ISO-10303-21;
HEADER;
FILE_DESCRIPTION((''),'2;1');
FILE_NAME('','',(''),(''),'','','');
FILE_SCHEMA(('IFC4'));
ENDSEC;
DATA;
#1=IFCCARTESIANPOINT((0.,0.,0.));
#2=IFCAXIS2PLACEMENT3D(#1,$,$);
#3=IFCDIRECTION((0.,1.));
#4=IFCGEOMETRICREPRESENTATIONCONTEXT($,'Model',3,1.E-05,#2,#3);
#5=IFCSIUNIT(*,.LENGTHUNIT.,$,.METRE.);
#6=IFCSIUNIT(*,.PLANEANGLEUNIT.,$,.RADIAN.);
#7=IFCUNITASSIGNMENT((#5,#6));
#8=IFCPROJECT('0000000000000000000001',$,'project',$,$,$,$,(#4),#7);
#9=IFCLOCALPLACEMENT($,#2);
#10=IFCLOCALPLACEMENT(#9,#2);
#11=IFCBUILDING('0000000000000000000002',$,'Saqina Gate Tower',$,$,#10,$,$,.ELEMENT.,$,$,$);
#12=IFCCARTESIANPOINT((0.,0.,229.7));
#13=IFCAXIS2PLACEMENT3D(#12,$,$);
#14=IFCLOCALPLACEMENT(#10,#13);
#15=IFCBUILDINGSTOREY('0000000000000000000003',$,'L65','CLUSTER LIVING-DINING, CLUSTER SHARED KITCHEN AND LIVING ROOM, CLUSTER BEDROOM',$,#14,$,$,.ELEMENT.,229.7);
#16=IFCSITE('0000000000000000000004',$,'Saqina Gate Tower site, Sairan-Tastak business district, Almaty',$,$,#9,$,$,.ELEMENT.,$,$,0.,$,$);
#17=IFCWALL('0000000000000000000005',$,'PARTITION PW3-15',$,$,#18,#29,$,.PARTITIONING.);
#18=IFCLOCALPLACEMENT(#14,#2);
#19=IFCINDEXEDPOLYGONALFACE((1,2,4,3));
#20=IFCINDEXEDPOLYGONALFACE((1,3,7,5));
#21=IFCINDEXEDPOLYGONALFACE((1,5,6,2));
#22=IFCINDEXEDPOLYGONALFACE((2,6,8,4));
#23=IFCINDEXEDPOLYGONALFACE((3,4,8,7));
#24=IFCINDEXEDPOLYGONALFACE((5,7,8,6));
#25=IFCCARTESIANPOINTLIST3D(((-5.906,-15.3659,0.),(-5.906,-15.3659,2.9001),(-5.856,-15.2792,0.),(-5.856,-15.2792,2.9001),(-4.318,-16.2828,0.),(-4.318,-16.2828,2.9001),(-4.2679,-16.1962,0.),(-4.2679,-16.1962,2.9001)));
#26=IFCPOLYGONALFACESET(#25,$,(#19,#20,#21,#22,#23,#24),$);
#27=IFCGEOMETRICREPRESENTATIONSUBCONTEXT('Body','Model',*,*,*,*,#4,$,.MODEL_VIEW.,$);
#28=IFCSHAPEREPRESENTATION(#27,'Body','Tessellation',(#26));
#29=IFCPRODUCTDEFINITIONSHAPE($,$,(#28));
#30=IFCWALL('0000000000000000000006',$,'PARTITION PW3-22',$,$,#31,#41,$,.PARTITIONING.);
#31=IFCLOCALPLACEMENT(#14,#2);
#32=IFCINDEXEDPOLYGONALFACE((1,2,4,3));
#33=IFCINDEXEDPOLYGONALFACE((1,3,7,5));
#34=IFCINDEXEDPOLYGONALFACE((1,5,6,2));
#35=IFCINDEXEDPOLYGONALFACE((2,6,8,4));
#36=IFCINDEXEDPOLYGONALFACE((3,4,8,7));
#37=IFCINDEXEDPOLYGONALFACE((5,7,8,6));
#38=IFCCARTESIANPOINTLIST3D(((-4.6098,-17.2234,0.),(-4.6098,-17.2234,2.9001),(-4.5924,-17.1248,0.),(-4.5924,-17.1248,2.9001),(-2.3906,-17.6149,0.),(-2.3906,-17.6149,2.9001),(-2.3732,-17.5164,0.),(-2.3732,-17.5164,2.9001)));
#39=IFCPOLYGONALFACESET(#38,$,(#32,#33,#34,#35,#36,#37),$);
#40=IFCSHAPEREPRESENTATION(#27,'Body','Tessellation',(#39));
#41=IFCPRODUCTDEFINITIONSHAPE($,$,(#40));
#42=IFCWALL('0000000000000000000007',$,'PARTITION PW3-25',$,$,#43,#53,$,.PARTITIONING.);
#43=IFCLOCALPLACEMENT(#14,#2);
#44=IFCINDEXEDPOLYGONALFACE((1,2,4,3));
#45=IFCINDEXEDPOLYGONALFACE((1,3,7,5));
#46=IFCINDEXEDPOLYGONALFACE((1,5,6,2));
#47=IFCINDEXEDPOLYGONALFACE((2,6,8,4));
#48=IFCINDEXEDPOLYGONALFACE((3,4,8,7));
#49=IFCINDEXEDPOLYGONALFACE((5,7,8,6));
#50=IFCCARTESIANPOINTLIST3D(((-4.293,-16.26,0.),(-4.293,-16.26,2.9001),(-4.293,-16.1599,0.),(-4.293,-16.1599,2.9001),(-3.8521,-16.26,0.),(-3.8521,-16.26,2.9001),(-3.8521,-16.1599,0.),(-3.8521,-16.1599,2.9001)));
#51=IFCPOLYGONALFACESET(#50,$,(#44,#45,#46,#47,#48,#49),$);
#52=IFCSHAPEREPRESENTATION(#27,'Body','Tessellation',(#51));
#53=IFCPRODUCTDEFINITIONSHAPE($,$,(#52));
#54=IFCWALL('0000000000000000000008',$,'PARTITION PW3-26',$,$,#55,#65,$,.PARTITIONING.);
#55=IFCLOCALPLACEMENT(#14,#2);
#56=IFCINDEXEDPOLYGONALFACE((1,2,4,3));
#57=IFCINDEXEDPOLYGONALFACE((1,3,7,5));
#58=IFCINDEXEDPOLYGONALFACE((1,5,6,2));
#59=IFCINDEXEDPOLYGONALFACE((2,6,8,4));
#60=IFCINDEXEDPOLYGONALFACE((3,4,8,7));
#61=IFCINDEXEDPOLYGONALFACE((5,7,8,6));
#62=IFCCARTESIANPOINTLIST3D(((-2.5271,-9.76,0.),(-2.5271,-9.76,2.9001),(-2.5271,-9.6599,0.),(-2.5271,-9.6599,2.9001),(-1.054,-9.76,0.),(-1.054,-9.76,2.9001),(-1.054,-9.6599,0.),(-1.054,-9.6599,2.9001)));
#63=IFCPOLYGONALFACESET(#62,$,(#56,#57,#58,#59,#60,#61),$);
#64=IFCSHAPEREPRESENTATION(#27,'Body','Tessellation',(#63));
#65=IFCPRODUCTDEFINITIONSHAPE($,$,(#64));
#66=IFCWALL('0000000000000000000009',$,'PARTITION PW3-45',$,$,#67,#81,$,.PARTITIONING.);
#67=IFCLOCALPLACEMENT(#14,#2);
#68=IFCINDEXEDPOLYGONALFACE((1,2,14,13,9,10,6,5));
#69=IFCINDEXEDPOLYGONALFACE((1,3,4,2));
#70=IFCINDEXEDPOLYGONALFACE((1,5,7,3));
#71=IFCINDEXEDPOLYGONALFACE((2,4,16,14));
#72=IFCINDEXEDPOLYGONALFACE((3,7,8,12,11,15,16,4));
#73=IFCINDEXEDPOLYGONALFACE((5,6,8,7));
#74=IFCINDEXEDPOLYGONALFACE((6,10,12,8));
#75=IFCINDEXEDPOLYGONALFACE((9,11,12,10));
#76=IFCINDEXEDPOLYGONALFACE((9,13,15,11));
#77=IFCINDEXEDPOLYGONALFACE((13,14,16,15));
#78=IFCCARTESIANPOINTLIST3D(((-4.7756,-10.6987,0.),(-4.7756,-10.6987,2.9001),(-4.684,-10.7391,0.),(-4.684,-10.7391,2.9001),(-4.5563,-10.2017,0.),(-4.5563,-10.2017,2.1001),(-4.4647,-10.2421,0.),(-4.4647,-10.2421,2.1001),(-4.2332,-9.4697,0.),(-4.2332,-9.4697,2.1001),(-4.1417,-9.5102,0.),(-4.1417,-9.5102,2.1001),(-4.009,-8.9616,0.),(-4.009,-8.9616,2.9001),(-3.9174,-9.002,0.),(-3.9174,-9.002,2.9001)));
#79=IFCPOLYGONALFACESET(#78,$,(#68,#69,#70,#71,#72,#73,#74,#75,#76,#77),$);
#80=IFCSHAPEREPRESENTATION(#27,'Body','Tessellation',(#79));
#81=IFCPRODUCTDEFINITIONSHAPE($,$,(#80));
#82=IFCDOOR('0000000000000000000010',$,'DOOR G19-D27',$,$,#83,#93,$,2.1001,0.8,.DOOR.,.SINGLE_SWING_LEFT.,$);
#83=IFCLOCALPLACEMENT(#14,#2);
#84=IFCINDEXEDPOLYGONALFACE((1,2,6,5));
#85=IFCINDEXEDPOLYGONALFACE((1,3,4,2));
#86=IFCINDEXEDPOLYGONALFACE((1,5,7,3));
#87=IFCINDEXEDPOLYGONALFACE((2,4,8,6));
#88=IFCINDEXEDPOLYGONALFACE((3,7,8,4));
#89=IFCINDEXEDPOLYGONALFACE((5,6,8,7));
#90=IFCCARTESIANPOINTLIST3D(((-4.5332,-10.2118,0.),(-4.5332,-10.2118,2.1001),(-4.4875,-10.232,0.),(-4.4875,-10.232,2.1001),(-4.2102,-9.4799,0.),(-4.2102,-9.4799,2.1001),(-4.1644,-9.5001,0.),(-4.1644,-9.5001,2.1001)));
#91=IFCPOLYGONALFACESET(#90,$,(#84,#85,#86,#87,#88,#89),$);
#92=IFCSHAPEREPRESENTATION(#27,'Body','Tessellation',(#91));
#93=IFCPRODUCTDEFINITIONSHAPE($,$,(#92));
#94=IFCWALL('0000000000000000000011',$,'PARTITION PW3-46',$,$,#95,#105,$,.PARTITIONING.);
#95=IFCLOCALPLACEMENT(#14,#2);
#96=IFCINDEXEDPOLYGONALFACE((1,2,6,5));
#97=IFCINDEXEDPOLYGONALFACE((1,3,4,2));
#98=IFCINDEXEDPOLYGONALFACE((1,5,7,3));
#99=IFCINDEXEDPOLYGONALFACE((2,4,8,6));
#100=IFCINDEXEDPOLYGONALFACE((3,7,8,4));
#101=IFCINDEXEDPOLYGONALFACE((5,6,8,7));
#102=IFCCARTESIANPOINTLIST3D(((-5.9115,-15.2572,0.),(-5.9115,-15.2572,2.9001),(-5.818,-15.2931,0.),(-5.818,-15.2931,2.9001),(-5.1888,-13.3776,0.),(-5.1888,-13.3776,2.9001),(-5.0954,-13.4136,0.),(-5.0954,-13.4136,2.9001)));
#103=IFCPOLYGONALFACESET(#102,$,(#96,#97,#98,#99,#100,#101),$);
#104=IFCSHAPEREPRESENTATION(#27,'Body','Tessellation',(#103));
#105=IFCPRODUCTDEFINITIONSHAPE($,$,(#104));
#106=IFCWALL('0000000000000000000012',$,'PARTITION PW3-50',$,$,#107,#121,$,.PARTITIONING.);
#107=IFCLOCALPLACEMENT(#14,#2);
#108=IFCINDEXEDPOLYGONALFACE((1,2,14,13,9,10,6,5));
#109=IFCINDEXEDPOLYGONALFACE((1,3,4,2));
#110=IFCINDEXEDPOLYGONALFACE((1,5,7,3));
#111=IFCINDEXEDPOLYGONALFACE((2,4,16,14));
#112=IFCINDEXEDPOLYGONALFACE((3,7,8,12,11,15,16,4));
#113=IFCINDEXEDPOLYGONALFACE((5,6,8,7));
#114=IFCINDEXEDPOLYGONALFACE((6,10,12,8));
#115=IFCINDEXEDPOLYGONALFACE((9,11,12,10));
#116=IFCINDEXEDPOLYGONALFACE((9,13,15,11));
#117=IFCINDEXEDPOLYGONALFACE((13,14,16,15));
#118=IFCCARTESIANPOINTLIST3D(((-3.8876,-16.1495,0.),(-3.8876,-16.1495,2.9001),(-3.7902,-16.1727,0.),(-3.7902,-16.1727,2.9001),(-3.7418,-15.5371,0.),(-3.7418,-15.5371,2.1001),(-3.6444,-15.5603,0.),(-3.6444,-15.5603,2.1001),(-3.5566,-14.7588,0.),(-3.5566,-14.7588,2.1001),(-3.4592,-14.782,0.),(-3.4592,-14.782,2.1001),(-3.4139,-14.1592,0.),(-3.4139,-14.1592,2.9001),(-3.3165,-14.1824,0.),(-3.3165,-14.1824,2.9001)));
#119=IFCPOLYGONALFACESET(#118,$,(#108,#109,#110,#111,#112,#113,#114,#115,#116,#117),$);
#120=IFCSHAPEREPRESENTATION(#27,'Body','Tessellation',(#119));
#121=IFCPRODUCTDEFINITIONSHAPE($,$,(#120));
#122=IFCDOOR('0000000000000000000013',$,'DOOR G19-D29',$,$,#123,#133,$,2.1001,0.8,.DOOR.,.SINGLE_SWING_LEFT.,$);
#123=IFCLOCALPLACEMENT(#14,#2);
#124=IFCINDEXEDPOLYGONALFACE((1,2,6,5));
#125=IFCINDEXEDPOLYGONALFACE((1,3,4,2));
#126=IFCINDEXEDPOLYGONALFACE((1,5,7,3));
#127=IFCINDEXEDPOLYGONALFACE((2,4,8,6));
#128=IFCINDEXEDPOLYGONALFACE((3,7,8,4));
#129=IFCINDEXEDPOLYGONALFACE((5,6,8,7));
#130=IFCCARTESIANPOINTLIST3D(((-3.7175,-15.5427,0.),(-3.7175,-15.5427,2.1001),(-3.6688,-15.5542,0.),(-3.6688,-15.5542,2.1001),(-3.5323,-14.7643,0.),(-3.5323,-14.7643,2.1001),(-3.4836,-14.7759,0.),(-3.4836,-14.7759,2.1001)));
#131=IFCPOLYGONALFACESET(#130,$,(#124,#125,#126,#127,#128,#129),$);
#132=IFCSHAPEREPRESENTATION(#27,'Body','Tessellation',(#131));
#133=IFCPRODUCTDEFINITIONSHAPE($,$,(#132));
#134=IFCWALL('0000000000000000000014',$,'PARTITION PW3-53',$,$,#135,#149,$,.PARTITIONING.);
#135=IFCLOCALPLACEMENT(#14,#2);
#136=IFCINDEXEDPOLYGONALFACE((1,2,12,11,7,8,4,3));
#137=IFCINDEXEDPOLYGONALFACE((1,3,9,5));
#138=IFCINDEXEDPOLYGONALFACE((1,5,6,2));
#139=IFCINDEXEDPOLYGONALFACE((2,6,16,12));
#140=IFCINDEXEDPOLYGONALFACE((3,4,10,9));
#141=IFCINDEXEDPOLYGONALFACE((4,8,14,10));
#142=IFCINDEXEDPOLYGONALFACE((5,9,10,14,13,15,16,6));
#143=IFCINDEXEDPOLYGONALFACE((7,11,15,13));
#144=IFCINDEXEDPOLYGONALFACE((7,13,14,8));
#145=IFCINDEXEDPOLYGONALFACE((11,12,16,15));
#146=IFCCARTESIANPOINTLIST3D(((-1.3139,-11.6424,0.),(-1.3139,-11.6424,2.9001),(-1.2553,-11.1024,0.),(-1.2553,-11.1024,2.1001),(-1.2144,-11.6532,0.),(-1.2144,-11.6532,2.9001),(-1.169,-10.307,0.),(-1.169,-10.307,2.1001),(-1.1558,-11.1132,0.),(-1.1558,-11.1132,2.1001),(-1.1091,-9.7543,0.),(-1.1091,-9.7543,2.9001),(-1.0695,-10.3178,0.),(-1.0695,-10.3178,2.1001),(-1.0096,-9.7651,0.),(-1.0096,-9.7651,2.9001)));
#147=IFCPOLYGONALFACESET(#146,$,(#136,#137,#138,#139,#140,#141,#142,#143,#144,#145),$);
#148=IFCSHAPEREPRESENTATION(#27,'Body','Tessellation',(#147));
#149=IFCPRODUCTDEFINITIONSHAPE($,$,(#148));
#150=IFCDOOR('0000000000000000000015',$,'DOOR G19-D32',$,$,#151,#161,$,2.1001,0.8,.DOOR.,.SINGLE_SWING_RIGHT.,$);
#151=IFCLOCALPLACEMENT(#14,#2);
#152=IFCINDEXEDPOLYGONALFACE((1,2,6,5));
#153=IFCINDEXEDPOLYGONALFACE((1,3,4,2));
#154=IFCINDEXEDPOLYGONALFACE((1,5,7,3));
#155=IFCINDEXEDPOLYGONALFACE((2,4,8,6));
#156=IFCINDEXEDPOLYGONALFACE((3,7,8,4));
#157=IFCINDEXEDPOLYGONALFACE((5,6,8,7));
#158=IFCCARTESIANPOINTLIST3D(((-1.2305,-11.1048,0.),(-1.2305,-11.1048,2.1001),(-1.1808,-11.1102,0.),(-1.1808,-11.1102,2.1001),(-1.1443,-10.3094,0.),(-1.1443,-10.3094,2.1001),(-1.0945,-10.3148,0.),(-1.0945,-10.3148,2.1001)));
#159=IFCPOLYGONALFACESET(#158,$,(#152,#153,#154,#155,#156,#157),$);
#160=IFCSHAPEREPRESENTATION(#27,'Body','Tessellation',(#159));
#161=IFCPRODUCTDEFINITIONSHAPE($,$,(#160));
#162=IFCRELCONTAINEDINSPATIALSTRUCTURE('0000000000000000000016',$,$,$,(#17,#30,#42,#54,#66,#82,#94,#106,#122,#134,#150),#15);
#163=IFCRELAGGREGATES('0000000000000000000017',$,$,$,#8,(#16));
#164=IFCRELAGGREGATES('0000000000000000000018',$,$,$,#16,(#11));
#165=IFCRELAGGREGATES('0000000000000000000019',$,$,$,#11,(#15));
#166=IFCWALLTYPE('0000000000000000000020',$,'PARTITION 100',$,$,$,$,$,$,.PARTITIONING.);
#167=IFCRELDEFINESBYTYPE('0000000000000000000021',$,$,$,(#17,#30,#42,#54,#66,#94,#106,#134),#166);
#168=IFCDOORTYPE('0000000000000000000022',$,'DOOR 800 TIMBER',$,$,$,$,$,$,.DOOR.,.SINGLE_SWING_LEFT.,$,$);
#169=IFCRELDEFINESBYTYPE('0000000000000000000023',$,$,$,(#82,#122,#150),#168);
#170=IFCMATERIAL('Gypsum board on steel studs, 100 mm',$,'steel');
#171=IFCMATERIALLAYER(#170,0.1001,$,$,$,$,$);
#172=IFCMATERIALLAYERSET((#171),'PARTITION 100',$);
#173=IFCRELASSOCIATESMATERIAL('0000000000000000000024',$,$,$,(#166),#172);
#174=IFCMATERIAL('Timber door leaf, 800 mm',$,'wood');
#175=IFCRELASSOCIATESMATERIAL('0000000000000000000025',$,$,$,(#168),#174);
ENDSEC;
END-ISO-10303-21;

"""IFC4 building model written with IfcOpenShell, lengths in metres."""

from ifc_helpers import new_model, si_unit, direction, frame, frame_2d, origin, place, context, subcontext, project, spatial, rectangle, extrude, material, layer, layer_set, type_object, element, fill, save


model = new_model("IFC4")

# Units and contexts
model_context = context("Model", 3, precision=1e-05, world=origin(), true_north=direction((0.0, 1.0)))
body_context = subcontext(model_context, "Body", "Model", "MODEL_VIEW")
ifc_project = project(units=[si_unit("LENGTHUNIT", "METRE"), si_unit("PLANEANGLEUNIT", "RADIAN")], contexts=[model_context])

# Site, building, storey
site_placement = place(None, origin())
site = spatial("IfcSite", under=ifc_project, at=site_placement, Name="Saqina Gate Tower site, Sairan-Tastak business district, Almaty", CompositionType="ELEMENT", RefElevation=0.0)
building_placement = place(site_placement, origin())
building = spatial("IfcBuilding", under=site, at=building_placement, Name="Saqina Gate Tower", CompositionType="ELEMENT")
storey_placement = place(building_placement, frame((0.0, 0.0, 229.7)))
storey = spatial("IfcBuildingStorey", under=building, at=storey_placement, Name="L65", Description="CLUSTER LIVING-DINING, CLUSTER SHARED KITCHEN AND LIVING ROOM, CLUSTER BEDROOM", CompositionType="ELEMENT", Elevation=229.7)

# Walls
ifc_material_1 = material(Name="Gypsum board on steel studs, 100 mm", Category="steel")
ifc_layer_1 = layer(ifc_material_1, 0.1001)
ifc_layer_set_1 = layer_set([ifc_layer_1], Name="PARTITION 100")
wall_type_1 = type_object("IfcWallType", Name="PARTITION 100", PredefinedType="PARTITIONING", material=ifc_layer_set_1)
wall_1_placement = place(storey_placement, frame((-5.8811, -15.3225, 0.0), z_axis=(0.0, 0.0, 1.0), x_axis=(0.866006, -0.500034, 0.0)))
element("IfcWall", 1, at=wall_1_placement, inside=storey, type_object=wall_type_1, Name="PARTITION PW3-15", PredefinedType="PARTITIONING", context=body_context, shape_type="SweptSolid", body=[
    extrude(rectangle(XDim=1.8337, YDim=0.1001, at=frame_2d((0.917, 0.0))), origin(), (0.0, 0.0, 1.0), 2.9001),
])
wall_2_placement = place(storey_placement, frame((-4.6011, -17.1741, 0.0), z_axis=(0.0, 0.0, 1.0), x_axis=(0.984786, -0.173773, 0.0)))
element("IfcWall", 2, at=wall_2_placement, inside=storey, type_object=wall_type_1, Name="PARTITION PW3-22", PredefinedType="PARTITIONING", context=body_context, shape_type="SweptSolid", body=[
    extrude(rectangle(XDim=2.2534, YDim=0.1001, at=frame_2d((1.1267, 0.0))), origin(), (0.0, 0.0, 1.0), 2.9001),
])
wall_3_placement = place(storey_placement, frame((-4.293, -16.21, 0.0), z_axis=(0.0, 0.0, 1.0), x_axis=(1.0, 0.0, 0.0)))
element("IfcWall", 3, at=wall_3_placement, inside=storey, type_object=wall_type_1, Name="PARTITION PW3-25", PredefinedType="PARTITIONING", context=body_context, shape_type="SweptSolid", body=[
    extrude(rectangle(XDim=0.4409, YDim=0.1001, at=frame_2d((0.2205, 0.0))), origin(), (0.0, 0.0, 1.0), 2.9001),
])
wall_4_placement = place(storey_placement, frame((-2.5271, -9.71, 0.0), z_axis=(0.0, 0.0, 1.0), x_axis=(1.0, 0.0, 0.0)))
element("IfcWall", 4, at=wall_4_placement, inside=storey, type_object=wall_type_1, Name="PARTITION PW3-26", PredefinedType="PARTITIONING", context=body_context, shape_type="SweptSolid", body=[
    extrude(rectangle(XDim=1.4731, YDim=0.1001, at=frame_2d((0.7366, 0.0))), origin(), (0.0, 0.0, 1.0), 2.9001),
])

# Wall, opening, door
wall_5_placement = place(storey_placement, frame((-4.7297, -10.7188, 0.0), z_axis=(0.0, 0.0, 1.0), x_axis=(0.403751, 0.914869, 0.0)))
wall_5 = element("IfcWall", 5, at=wall_5_placement, inside=storey, type_object=wall_type_1, Name="PARTITION PW3-45", PredefinedType="PARTITIONING", context=body_context, shape_type="SweptSolid", body=[
    extrude(rectangle(XDim=1.8987, YDim=0.1001, at=frame_2d((0.9492, 0.0))), origin(), (0.0, 0.0, 1.0), 2.9001),
])
opening_1_placement = place(wall_5_placement, frame((0.5432, 0.0, 0.0)))
opening_1 = element("IfcOpeningElement", 6, at=opening_1_placement, cuts=wall_5, PredefinedType="OPENING", context=body_context, shape_type="SweptSolid", body=[
    extrude(rectangle(XDim=0.8, YDim=2.1001, at=frame_2d((0.3999, 1.05))), frame((0.0, 0.062, 0.0), z_axis=(0.0, -1.0, 0.0), x_axis=(1.0, 0.0, 0.0)), (0.0, 0.0, 1.0), 0.124),
])
ifc_material_2 = material(Name="Timber door leaf, 800 mm", Category="wood")
door_type_1 = type_object("IfcDoorType", Name="DOOR 800 TIMBER", OperationType="SINGLE_SWING_LEFT", PredefinedType="DOOR", material=ifc_material_2)
door_1_placement = place(opening_1_placement, origin())
door_1 = element("IfcDoor", 7, at=door_1_placement, inside=storey, type_object=door_type_1, Name="DOOR G19-D27", OperationType="SINGLE_SWING_LEFT", OverallHeight=2.1001, OverallWidth=0.8, PredefinedType="DOOR", context=body_context, shape_type="SweptSolid", body=[
    extrude(rectangle(XDim=0.8, YDim=2.1001, at=frame_2d((0.3999, 1.05))), frame((0.0, 0.0249, 0.0), z_axis=(0.0, -1.0, 0.0), x_axis=(1.0, 0.0, 0.0)), (0.0, 0.0, 1.0), 0.05),
])
fill(opening_1, door_1)

# Wall
wall_6_placement = place(storey_placement, frame((-5.8647, -15.2751, 0.0), z_axis=(0.0, 0.0, 1.0), x_axis=(0.358857, 0.933392, 0.0)))
element("IfcWall", 8, at=wall_6_placement, inside=storey, type_object=wall_type_1, Name="PARTITION PW3-46", PredefinedType="PARTITIONING", context=body_context, shape_type="SweptSolid", body=[
    extrude(rectangle(XDim=2.0137, YDim=0.1001, at=frame_2d((1.0068, 0.0))), origin(), (0.0, 0.0, 1.0), 2.9001),
])

# Walls, openings, doors
wall_7_placement = place(storey_placement, frame((-3.8389, -16.1611, 0.0), z_axis=(0.0, 0.0, 1.0), x_axis=(0.231513, 0.972832, 0.0)))
wall_7 = element("IfcWall", 9, at=wall_7_placement, inside=storey, type_object=wall_type_1, Name="PARTITION PW3-50", PredefinedType="PARTITIONING", context=body_context, shape_type="SweptSolid", body=[
    extrude(rectangle(XDim=2.0459, YDim=0.1001, at=frame_2d((1.0229, 0.0))), origin(), (0.0, 0.0, 1.0), 2.9001),
])
opening_2_placement = place(wall_7_placement, frame((0.6296, 0.0, 0.0)))
opening_2 = element("IfcOpeningElement", 10, at=opening_2_placement, cuts=wall_7, PredefinedType="OPENING", context=body_context, shape_type="SweptSolid", body=[
    extrude(rectangle(XDim=0.8, YDim=2.1001, at=frame_2d((0.3999, 1.05))), frame((0.0, 0.062, 0.0), z_axis=(0.0, -1.0, 0.0), x_axis=(1.0, 0.0, 0.0)), (0.0, 0.0, 1.0), 0.124),
])
door_2_placement = place(opening_2_placement, frame((0.8, 0.0, 0.0), z_axis=(0.0, 0.0, 1.0), x_axis=(-1.0, 0.0, 0.0)))
door_2 = element("IfcDoor", 11, at=door_2_placement, inside=storey, type_object=door_type_1, Name="DOOR G19-D29", OperationType="SINGLE_SWING_LEFT", OverallHeight=2.1001, OverallWidth=0.8, PredefinedType="DOOR", context=body_context, shape_type="SweptSolid", body=[
    extrude(rectangle(XDim=0.8, YDim=2.1001, at=frame_2d((0.3999, 1.05))), frame((0.0, 0.0249, 0.0), z_axis=(0.0, -1.0, 0.0), x_axis=(1.0, 0.0, 0.0)), (0.0, 0.0, 1.0), 0.05),
])
fill(opening_2, door_2)
wall_8_placement = place(storey_placement, frame((-1.2642, -11.6479, 0.0), z_axis=(0.0, 0.0, 1.0), x_axis=(0.107849, 0.994167, 0.0)))
wall_8 = element("IfcWall", 12, at=wall_8_placement, inside=storey, type_object=wall_type_1, Name="PARTITION PW3-53", PredefinedType="PARTITIONING", context=body_context, shape_type="SweptSolid", body=[
    extrude(rectangle(XDim=1.8992, YDim=0.1001, at=frame_2d((0.9497, 0.0))), origin(), (0.0, 0.0, 1.0), 2.9001),
])
opening_3_placement = place(wall_8_placement, frame((0.5435, 0.0, 0.0)))
opening_3 = element("IfcOpeningElement", 13, at=opening_3_placement, cuts=wall_8, PredefinedType="OPENING", context=body_context, shape_type="SweptSolid", body=[
    extrude(rectangle(XDim=0.8, YDim=2.1001, at=frame_2d((0.3999, 1.05))), frame((0.0, 0.062, 0.0), z_axis=(0.0, -1.0, 0.0), x_axis=(1.0, 0.0, 0.0)), (0.0, 0.0, 1.0), 0.124),
])
door_3_placement = place(opening_3_placement, frame((0.8, 0.0, 0.0), z_axis=(0.0, 0.0, 1.0), x_axis=(-1.0, 0.0, 0.0)))
door_3 = element("IfcDoor", 14, at=door_3_placement, inside=storey, type_object=door_type_1, Name="DOOR G19-D32", OperationType="SINGLE_SWING_RIGHT", OverallHeight=2.1001, OverallWidth=0.8, PredefinedType="DOOR", context=body_context, shape_type="SweptSolid", body=[
    extrude(rectangle(XDim=0.8, YDim=2.1001, at=frame_2d((0.3999, 1.05))), frame((0.0, 0.0249, 0.0), z_axis=(0.0, -1.0, 0.0), x_axis=(1.0, 0.0, 0.0)), (0.0, 0.0, 1.0), 0.05),
])
fill(opening_3, door_3)

save(model, "model.ifc")
